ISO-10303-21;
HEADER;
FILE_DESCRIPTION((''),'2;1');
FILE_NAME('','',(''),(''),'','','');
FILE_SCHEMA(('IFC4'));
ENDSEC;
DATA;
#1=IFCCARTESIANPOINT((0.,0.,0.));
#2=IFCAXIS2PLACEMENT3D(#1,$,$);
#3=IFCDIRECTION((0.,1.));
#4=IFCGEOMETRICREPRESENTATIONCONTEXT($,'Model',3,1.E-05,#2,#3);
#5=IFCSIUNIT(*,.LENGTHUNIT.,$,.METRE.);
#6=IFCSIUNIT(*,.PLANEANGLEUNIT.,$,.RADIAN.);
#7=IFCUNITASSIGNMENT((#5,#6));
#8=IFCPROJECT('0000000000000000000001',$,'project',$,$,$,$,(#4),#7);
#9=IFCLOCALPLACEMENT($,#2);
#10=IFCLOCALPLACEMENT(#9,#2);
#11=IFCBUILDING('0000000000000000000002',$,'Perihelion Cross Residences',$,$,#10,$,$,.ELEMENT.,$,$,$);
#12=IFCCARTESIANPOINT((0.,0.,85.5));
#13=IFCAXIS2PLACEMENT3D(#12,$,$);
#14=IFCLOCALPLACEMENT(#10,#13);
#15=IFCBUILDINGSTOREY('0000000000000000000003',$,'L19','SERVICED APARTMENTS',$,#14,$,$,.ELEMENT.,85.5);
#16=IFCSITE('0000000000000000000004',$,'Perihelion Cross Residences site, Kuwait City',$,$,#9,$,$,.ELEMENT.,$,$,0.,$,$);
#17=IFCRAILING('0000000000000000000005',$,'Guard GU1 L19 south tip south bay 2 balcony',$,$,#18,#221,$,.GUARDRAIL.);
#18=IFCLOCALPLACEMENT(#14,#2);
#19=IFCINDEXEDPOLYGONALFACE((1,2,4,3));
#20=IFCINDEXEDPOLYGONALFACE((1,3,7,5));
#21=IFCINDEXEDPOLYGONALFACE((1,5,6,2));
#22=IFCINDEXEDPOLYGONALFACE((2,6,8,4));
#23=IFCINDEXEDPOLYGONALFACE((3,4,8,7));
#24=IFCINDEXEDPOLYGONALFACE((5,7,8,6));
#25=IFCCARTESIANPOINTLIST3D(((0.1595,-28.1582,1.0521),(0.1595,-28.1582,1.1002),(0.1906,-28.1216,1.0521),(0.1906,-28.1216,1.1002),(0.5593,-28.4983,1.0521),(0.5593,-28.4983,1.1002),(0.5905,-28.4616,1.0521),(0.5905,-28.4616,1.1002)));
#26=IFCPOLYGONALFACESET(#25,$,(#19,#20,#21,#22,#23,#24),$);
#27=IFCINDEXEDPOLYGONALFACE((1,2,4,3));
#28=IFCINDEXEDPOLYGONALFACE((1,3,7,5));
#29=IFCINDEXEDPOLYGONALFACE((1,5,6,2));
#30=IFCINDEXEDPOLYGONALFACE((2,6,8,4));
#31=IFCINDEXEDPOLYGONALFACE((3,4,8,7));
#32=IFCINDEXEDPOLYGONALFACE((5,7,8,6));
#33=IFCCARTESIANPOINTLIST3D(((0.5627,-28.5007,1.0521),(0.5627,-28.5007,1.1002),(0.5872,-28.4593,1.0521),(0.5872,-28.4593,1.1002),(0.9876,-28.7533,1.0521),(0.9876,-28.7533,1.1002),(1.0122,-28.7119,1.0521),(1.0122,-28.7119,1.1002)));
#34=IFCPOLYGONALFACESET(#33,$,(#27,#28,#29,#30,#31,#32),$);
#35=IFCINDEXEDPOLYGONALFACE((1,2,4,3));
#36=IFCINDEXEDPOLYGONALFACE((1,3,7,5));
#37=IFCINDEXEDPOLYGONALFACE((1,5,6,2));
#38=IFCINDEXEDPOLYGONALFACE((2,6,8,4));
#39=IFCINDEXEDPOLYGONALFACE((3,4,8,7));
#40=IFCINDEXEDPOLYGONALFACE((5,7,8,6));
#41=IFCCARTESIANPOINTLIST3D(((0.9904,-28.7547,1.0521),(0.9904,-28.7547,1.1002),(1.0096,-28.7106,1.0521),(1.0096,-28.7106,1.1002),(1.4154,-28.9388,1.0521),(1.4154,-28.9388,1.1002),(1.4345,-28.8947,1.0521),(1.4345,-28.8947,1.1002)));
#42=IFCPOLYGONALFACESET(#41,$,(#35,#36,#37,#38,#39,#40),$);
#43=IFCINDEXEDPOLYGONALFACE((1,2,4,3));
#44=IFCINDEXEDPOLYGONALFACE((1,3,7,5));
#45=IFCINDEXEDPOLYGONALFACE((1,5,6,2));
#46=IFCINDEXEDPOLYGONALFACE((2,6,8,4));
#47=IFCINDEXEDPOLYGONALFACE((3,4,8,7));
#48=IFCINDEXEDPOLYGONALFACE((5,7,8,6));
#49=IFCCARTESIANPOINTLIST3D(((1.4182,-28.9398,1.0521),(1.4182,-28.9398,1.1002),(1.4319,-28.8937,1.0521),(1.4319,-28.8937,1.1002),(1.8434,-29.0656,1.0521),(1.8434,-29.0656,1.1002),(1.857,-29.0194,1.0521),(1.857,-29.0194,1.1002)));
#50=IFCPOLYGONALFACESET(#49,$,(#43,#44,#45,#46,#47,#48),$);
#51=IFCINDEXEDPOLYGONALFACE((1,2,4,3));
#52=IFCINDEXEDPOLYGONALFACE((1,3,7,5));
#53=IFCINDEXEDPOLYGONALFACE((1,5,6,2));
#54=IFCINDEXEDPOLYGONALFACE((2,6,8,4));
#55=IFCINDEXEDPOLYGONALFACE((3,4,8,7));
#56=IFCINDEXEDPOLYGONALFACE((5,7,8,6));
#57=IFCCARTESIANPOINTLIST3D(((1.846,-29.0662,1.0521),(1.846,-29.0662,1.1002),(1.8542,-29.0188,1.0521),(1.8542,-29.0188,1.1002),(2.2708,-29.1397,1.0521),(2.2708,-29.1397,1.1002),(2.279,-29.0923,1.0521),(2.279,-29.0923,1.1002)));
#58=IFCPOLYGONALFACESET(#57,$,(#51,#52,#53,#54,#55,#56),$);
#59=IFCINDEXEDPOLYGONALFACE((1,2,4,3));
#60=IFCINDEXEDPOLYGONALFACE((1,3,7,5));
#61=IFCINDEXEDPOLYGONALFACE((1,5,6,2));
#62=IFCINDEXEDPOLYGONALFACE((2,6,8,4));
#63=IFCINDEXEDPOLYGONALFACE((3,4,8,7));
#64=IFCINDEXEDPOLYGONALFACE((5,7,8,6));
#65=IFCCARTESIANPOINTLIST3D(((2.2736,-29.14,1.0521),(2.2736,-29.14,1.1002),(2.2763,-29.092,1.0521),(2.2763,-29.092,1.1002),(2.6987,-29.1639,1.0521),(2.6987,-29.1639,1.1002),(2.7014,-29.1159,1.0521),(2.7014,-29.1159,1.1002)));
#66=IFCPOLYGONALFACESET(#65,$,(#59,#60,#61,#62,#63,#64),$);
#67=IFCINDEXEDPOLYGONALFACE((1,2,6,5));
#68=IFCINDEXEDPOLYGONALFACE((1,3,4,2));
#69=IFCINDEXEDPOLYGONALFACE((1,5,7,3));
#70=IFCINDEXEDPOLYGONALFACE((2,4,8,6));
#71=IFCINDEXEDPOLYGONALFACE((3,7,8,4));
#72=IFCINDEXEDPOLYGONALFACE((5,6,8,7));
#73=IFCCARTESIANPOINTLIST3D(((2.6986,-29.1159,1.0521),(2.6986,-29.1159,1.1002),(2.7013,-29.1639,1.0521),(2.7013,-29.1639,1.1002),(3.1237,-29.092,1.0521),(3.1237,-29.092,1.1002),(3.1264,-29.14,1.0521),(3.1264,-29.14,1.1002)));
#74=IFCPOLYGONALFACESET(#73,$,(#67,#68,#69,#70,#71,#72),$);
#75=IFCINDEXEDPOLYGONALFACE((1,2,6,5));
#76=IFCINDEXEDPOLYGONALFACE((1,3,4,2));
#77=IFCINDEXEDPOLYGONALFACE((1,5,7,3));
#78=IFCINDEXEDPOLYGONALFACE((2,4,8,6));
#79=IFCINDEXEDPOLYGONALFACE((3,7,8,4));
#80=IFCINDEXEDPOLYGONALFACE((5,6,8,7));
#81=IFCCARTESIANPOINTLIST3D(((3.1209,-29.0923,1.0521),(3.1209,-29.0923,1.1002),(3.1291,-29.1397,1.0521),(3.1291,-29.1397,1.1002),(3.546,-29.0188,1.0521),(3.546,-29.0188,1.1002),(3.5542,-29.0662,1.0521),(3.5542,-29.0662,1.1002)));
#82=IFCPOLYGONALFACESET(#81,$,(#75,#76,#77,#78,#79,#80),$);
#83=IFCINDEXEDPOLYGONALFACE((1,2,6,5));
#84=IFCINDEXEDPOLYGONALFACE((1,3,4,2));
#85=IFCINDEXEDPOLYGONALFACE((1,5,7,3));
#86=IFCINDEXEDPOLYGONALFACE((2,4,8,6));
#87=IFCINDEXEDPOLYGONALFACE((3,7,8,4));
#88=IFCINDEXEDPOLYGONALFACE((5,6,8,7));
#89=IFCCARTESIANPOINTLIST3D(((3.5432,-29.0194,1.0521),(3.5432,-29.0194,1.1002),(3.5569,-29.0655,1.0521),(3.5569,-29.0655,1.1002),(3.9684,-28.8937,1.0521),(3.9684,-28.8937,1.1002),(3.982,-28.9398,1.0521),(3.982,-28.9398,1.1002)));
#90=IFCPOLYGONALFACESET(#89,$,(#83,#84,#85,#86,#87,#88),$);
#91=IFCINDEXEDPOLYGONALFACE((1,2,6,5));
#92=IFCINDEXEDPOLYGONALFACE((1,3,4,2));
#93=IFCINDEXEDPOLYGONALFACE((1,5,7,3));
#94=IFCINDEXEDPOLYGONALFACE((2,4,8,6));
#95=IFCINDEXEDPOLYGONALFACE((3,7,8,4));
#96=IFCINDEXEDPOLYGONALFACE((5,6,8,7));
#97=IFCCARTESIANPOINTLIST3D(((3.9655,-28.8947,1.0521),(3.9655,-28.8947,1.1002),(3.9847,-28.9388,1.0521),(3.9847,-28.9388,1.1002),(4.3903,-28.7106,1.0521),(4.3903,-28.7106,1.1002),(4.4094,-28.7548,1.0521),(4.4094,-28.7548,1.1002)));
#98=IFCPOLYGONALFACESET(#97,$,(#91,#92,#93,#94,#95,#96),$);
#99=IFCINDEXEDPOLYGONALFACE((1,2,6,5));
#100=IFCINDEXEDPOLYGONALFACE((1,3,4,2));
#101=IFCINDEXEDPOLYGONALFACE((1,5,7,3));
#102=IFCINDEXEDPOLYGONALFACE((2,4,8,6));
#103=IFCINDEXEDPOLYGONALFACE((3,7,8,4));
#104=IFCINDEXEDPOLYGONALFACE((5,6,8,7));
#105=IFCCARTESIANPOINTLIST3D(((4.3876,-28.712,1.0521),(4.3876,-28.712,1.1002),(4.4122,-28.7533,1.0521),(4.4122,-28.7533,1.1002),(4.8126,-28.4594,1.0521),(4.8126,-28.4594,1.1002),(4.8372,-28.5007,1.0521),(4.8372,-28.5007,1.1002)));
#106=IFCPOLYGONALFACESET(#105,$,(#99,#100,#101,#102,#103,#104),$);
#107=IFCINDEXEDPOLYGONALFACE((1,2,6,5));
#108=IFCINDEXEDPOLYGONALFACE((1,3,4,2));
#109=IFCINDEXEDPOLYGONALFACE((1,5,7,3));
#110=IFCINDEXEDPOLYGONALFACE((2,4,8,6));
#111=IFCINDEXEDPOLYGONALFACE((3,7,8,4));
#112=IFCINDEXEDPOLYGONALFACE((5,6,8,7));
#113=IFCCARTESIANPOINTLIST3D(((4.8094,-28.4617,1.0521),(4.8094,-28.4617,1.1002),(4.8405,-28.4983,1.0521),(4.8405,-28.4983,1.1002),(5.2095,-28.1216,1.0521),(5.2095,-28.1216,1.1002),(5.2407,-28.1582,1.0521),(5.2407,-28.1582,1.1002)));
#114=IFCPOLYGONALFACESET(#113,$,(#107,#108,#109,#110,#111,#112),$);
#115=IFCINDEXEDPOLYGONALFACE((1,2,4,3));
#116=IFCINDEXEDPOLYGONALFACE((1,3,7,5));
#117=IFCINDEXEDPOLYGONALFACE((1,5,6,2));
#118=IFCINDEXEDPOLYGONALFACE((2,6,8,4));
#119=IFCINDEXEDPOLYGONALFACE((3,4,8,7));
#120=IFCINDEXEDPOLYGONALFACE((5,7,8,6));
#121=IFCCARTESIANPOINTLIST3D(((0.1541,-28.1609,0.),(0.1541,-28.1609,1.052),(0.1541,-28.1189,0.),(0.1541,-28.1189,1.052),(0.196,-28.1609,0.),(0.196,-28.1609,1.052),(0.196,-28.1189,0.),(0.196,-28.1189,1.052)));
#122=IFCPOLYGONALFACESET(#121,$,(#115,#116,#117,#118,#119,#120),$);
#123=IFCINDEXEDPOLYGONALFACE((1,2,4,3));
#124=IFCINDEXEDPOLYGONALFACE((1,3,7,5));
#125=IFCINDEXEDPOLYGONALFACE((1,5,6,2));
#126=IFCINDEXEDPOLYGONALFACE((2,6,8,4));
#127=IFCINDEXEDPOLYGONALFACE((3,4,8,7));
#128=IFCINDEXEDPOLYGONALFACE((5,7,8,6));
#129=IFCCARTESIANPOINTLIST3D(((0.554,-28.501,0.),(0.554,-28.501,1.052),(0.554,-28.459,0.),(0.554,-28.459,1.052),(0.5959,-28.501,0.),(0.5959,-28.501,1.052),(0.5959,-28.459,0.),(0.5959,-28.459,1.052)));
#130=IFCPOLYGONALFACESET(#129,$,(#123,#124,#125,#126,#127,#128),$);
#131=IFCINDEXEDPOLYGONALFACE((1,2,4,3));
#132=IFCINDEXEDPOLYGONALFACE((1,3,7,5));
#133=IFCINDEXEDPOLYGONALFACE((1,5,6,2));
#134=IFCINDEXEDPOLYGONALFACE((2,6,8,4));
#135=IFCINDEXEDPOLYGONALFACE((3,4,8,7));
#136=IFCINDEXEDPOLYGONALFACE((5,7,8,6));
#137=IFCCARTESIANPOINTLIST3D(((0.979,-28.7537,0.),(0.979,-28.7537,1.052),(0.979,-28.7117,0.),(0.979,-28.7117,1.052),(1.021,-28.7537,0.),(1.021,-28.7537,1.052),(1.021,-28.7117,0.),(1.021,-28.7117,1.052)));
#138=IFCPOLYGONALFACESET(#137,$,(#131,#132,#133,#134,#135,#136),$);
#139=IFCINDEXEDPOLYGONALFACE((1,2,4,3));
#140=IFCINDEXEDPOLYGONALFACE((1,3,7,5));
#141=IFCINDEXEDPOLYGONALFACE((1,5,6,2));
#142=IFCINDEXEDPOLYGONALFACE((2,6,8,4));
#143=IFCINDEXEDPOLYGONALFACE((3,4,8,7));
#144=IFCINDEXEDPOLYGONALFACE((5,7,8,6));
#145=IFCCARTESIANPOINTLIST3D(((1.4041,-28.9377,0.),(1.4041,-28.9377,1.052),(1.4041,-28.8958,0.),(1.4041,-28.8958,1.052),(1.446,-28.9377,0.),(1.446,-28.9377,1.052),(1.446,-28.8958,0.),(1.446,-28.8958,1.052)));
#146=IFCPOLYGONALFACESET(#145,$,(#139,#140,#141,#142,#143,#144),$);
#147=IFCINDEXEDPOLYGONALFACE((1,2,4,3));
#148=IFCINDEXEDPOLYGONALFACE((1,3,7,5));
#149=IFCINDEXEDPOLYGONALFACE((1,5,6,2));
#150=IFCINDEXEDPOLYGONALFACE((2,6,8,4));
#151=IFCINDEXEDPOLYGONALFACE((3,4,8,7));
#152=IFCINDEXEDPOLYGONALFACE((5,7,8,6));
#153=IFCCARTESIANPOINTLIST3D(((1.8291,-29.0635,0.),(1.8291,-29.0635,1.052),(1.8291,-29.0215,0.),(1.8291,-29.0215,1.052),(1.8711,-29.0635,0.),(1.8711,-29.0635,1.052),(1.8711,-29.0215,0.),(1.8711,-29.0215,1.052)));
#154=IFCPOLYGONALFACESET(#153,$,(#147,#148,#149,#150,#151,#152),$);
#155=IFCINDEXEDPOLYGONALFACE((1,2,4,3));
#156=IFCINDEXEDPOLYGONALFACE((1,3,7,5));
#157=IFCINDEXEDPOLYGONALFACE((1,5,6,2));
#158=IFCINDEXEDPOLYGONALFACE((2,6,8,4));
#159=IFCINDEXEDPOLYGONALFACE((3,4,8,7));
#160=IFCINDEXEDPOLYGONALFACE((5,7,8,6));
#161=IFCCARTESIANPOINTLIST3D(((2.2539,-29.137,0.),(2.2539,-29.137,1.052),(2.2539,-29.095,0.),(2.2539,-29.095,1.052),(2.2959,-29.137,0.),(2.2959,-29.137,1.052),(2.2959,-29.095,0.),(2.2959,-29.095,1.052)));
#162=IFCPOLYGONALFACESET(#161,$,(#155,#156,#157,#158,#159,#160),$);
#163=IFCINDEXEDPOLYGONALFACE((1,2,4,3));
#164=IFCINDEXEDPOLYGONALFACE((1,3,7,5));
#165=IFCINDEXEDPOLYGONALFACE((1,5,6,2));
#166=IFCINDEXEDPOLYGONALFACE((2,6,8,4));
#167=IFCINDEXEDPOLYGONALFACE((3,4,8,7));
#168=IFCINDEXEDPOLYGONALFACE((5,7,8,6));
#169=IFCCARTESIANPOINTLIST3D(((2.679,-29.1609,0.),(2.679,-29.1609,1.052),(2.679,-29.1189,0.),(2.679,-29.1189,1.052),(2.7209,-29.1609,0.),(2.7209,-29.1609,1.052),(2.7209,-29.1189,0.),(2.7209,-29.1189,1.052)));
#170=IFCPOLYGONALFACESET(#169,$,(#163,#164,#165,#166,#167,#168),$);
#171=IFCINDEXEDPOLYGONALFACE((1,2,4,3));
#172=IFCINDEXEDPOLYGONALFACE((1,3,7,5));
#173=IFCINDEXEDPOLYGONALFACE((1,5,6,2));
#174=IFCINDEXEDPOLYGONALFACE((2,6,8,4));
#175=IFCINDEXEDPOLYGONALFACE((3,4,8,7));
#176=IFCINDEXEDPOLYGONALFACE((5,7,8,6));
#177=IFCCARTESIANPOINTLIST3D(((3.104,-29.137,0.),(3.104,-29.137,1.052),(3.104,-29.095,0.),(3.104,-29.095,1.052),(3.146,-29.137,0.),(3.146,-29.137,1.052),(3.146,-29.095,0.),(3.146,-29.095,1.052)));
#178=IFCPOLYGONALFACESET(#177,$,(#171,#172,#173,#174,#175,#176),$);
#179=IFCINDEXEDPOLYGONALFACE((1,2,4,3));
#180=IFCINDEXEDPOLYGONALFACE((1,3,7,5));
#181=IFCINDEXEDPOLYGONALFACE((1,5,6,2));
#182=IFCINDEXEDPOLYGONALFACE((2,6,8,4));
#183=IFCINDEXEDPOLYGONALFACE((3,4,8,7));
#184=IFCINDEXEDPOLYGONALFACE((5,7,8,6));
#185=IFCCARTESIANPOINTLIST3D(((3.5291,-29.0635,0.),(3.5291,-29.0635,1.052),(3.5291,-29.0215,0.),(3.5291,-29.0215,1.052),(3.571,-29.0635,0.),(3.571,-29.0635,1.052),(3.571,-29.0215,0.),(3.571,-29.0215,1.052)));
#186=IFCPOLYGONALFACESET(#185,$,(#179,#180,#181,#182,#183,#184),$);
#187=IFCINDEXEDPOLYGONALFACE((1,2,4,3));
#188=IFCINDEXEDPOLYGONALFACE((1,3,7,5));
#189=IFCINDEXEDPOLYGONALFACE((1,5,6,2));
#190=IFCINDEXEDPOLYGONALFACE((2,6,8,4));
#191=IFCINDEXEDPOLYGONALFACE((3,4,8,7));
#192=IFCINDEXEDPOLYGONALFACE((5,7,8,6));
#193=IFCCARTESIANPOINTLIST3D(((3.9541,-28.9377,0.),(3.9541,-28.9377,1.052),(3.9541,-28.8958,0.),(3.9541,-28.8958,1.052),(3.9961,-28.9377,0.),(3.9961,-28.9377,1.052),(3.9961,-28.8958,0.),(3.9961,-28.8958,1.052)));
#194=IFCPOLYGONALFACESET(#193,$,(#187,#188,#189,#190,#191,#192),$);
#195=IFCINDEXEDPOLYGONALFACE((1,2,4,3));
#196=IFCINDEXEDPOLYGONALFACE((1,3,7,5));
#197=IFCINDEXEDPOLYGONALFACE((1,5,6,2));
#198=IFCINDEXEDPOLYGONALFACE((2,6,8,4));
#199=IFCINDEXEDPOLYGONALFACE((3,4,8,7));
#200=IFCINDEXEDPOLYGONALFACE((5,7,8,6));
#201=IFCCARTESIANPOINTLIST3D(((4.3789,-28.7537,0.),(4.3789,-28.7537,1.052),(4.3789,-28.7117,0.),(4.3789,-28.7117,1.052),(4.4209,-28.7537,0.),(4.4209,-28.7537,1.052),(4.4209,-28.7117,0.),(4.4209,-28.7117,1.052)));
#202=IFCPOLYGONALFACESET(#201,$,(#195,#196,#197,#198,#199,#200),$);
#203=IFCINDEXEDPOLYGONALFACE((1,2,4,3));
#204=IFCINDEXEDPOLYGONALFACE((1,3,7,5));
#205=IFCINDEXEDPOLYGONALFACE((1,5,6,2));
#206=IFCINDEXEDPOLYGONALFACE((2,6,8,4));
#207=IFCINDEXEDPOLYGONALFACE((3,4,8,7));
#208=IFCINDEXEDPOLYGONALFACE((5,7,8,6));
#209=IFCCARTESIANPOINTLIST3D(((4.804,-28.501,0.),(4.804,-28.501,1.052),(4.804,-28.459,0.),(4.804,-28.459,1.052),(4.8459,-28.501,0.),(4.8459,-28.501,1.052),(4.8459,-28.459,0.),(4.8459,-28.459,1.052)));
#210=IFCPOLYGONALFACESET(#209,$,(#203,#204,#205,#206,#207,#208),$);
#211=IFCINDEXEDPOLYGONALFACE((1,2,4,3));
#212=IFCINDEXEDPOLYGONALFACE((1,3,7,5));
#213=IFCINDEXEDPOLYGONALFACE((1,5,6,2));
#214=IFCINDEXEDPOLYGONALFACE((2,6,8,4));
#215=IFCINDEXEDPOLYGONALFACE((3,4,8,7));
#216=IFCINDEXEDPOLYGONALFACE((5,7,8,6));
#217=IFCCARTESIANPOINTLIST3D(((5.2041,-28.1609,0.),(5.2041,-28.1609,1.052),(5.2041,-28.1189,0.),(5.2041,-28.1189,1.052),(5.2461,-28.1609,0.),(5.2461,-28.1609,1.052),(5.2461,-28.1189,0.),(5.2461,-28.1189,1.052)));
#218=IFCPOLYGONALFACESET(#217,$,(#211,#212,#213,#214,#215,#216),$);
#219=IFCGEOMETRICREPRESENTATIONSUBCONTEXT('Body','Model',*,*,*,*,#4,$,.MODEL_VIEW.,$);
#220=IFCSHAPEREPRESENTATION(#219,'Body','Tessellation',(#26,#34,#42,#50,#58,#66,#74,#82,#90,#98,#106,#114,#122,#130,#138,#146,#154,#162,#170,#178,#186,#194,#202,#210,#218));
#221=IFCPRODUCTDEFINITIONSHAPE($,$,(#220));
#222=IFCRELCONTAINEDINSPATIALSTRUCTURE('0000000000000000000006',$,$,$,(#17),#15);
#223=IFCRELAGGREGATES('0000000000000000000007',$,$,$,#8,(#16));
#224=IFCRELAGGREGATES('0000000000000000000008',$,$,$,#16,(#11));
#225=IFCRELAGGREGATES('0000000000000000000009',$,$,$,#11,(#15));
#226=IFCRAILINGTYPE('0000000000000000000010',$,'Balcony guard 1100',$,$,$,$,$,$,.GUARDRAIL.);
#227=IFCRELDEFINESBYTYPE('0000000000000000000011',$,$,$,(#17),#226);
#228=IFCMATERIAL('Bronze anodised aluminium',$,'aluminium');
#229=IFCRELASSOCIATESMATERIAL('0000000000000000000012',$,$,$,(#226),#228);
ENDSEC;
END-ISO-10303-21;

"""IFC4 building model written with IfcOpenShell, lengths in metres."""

from ifc_helpers import new_model, si_unit, direction, frame, origin, origin_2d, place, context, subcontext, project, spatial, rectangle, extrude, material, type_object, element, save


model = new_model("IFC4")

# Units and contexts
model_context = context("Model", 3, precision=1e-05, world=origin(), true_north=direction((0.0, 1.0)))
body_context = subcontext(model_context, "Body", "Model", "MODEL_VIEW")
ifc_project = project(units=[si_unit("LENGTHUNIT", "METRE"), si_unit("PLANEANGLEUNIT", "RADIAN")], contexts=[model_context])

# Site, building, storey
site_placement = place(None, origin())
site = spatial("IfcSite", under=ifc_project, at=site_placement, Name="Perihelion Cross Residences site, Kuwait City", CompositionType="ELEMENT", RefElevation=0.0)
building_placement = place(site_placement, origin())
building = spatial("IfcBuilding", under=site, at=building_placement, Name="Perihelion Cross Residences", CompositionType="ELEMENT")
storey_placement = place(building_placement, frame((0.0, 0.0, 85.5)))
storey = spatial("IfcBuildingStorey", under=building, at=storey_placement, Name="L19", Description="SERVICED APARTMENTS", CompositionType="ELEMENT", Elevation=85.5)

# Railing
ifc_material_1 = material(Name="Bronze anodised aluminium", Category="aluminium")
railing_type = type_object("IfcRailingType", Name="Balcony guard 1100", PredefinedType="GUARDRAIL", material=ifc_material_1)
railing_placement = place(storey_placement, frame((0.175, -28.1399, 0.0)))
element("IfcRailing", 1, at=railing_placement, inside=storey, type_object=railing_type, Name="Guard GU1 L19 south tip south bay 2 balcony", PredefinedType="GUARDRAIL", context=body_context, shape_type="SweptSolid", body=[
    extrude(rectangle(XDim=0.0481, YDim=0.0481, at=origin_2d()), frame((0.0, 0.0, 1.0762), z_axis=(0.761779, -0.647837, 0.0), x_axis=(0.647837, 0.761779, 0.0)), (0.0, 0.0, 1.0), 0.5249),
    extrude(rectangle(XDim=0.0481, YDim=0.0481, at=origin_2d()), frame((0.3999, -0.3401, 1.0762), z_axis=(0.859577, -0.511006, 0.0), x_axis=(0.511006, 0.859577, 0.0)), (0.0, 0.0, 1.0), 0.4944),
    extrude(rectangle(XDim=0.0481, YDim=0.0481, at=origin_2d()), frame((0.825, -0.5928, 1.0762), z_axis=(0.917639, -0.397415, 0.0), x_axis=(0.397415, 0.917639, 0.0)), (0.0, 0.0, 1.0), 0.4631),
    extrude(rectangle(XDim=0.0481, YDim=0.0481, at=origin_2d()), frame((1.25, -0.7769, 1.0762), z_axis=(0.958926, -0.283657, 0.0), x_axis=(0.283657, 0.958926, 0.0)), (0.0, 0.0, 1.0), 0.4434),
    extrude(rectangle(XDim=0.0481, YDim=0.0481, at=origin_2d()), frame((1.675, -0.9026, 1.0762), z_axis=(0.985365, -0.170457, 0.0), x_axis=(0.170457, 0.985365, 0.0)), (0.0, 0.0, 1.0), 0.4312),
    extrude(rectangle(XDim=0.0481, YDim=0.0481, at=origin_2d()), frame((2.0999, -0.9761, 1.0762), z_axis=(0.99842, -0.056201, 0.0), x_axis=(0.056201, 0.99842, 0.0)), (0.0, 0.0, 1.0), 0.4258),
    extrude(rectangle(XDim=0.0481, YDim=0.0481, at=origin_2d()), frame((2.5249, -1.0, 1.0762), z_axis=(0.99842, 0.056201, 0.0), x_axis=(-0.056201, 0.99842, 0.0)), (0.0, 0.0, 1.0), 0.4258),
    extrude(rectangle(XDim=0.0481, YDim=0.0481, at=origin_2d()), frame((2.95, -0.9761, 1.0762), z_axis=(0.985382, 0.170362, 0.0), x_axis=(-0.170362, 0.985382, 0.0)), (0.0, 0.0, 1.0), 0.4314),
    extrude(rectangle(XDim=0.0481, YDim=0.0481, at=origin_2d()), frame((3.375, -0.9026, 1.0762), z_axis=(0.958926, 0.283657, 0.0), x_axis=(-0.283657, 0.958926, 0.0)), (0.0, 0.0, 1.0), 0.4434),
    extrude(rectangle(XDim=0.0481, YDim=0.0481, at=origin_2d()), frame((3.8, -0.7769, 1.0762), z_axis=(0.917556, 0.397607, 0.0), x_axis=(-0.397607, 0.917556, 0.0)), (0.0, 0.0, 1.0), 0.4629),
    extrude(rectangle(XDim=0.0481, YDim=0.0481, at=origin_2d()), frame((4.2249, -0.5928, 1.0762), z_axis=(0.859577, 0.511006, 0.0), x_axis=(-0.511006, 0.859577, 0.0)), (0.0, 0.0, 1.0), 0.4944),
    extrude(rectangle(XDim=0.0481, YDim=0.0481, at=origin_2d()), frame((4.6499, -0.3401, 1.0762), z_axis=(0.761974, 0.647608, 0.0), x_axis=(-0.647608, 0.761974, 0.0)), (0.0, 0.0, 1.0), 0.5251),
    extrude(rectangle(XDim=0.042, YDim=0.042, at=origin_2d()), origin(), (0.0, 0.0, 1.0), 1.052),
    extrude(rectangle(XDim=0.042, YDim=0.042, at=origin_2d()), frame((0.3999, -0.3401, 0.0)), (0.0, 0.0, 1.0), 1.052),
    extrude(rectangle(XDim=0.042, YDim=0.042, at=origin_2d()), frame((0.825, -0.5928, 0.0)), (0.0, 0.0, 1.0), 1.052),
    extrude(rectangle(XDim=0.042, YDim=0.042, at=origin_2d()), frame((1.25, -0.7769, 0.0)), (0.0, 0.0, 1.0), 1.052),
    extrude(rectangle(XDim=0.042, YDim=0.042, at=origin_2d()), frame((1.675, -0.9026, 0.0)), (0.0, 0.0, 1.0), 1.052),
    extrude(rectangle(XDim=0.042, YDim=0.042, at=origin_2d()), frame((2.0999, -0.9761, 0.0)), (0.0, 0.0, 1.0), 1.052),
    extrude(rectangle(XDim=0.042, YDim=0.042, at=origin_2d()), frame((2.5249, -1.0, 0.0)), (0.0, 0.0, 1.0), 1.052),
    extrude(rectangle(XDim=0.042, YDim=0.042, at=origin_2d()), frame((2.95, -0.9761, 0.0)), (0.0, 0.0, 1.0), 1.052),
    extrude(rectangle(XDim=0.042, YDim=0.042, at=origin_2d()), frame((3.375, -0.9026, 0.0)), (0.0, 0.0, 1.0), 1.052),
    extrude(rectangle(XDim=0.042, YDim=0.042, at=origin_2d()), frame((3.8, -0.7769, 0.0)), (0.0, 0.0, 1.0), 1.052),
    extrude(rectangle(XDim=0.042, YDim=0.042, at=origin_2d()), frame((4.2249, -0.5928, 0.0)), (0.0, 0.0, 1.0), 1.052),
    extrude(rectangle(XDim=0.042, YDim=0.042, at=origin_2d()), frame((4.6499, -0.3401, 0.0)), (0.0, 0.0, 1.0), 1.052),
    extrude(rectangle(XDim=0.042, YDim=0.042, at=origin_2d()), frame((5.05, 0.0, 0.0)), (0.0, 0.0, 1.0), 1.052),
])

save(model, "model.ifc")
